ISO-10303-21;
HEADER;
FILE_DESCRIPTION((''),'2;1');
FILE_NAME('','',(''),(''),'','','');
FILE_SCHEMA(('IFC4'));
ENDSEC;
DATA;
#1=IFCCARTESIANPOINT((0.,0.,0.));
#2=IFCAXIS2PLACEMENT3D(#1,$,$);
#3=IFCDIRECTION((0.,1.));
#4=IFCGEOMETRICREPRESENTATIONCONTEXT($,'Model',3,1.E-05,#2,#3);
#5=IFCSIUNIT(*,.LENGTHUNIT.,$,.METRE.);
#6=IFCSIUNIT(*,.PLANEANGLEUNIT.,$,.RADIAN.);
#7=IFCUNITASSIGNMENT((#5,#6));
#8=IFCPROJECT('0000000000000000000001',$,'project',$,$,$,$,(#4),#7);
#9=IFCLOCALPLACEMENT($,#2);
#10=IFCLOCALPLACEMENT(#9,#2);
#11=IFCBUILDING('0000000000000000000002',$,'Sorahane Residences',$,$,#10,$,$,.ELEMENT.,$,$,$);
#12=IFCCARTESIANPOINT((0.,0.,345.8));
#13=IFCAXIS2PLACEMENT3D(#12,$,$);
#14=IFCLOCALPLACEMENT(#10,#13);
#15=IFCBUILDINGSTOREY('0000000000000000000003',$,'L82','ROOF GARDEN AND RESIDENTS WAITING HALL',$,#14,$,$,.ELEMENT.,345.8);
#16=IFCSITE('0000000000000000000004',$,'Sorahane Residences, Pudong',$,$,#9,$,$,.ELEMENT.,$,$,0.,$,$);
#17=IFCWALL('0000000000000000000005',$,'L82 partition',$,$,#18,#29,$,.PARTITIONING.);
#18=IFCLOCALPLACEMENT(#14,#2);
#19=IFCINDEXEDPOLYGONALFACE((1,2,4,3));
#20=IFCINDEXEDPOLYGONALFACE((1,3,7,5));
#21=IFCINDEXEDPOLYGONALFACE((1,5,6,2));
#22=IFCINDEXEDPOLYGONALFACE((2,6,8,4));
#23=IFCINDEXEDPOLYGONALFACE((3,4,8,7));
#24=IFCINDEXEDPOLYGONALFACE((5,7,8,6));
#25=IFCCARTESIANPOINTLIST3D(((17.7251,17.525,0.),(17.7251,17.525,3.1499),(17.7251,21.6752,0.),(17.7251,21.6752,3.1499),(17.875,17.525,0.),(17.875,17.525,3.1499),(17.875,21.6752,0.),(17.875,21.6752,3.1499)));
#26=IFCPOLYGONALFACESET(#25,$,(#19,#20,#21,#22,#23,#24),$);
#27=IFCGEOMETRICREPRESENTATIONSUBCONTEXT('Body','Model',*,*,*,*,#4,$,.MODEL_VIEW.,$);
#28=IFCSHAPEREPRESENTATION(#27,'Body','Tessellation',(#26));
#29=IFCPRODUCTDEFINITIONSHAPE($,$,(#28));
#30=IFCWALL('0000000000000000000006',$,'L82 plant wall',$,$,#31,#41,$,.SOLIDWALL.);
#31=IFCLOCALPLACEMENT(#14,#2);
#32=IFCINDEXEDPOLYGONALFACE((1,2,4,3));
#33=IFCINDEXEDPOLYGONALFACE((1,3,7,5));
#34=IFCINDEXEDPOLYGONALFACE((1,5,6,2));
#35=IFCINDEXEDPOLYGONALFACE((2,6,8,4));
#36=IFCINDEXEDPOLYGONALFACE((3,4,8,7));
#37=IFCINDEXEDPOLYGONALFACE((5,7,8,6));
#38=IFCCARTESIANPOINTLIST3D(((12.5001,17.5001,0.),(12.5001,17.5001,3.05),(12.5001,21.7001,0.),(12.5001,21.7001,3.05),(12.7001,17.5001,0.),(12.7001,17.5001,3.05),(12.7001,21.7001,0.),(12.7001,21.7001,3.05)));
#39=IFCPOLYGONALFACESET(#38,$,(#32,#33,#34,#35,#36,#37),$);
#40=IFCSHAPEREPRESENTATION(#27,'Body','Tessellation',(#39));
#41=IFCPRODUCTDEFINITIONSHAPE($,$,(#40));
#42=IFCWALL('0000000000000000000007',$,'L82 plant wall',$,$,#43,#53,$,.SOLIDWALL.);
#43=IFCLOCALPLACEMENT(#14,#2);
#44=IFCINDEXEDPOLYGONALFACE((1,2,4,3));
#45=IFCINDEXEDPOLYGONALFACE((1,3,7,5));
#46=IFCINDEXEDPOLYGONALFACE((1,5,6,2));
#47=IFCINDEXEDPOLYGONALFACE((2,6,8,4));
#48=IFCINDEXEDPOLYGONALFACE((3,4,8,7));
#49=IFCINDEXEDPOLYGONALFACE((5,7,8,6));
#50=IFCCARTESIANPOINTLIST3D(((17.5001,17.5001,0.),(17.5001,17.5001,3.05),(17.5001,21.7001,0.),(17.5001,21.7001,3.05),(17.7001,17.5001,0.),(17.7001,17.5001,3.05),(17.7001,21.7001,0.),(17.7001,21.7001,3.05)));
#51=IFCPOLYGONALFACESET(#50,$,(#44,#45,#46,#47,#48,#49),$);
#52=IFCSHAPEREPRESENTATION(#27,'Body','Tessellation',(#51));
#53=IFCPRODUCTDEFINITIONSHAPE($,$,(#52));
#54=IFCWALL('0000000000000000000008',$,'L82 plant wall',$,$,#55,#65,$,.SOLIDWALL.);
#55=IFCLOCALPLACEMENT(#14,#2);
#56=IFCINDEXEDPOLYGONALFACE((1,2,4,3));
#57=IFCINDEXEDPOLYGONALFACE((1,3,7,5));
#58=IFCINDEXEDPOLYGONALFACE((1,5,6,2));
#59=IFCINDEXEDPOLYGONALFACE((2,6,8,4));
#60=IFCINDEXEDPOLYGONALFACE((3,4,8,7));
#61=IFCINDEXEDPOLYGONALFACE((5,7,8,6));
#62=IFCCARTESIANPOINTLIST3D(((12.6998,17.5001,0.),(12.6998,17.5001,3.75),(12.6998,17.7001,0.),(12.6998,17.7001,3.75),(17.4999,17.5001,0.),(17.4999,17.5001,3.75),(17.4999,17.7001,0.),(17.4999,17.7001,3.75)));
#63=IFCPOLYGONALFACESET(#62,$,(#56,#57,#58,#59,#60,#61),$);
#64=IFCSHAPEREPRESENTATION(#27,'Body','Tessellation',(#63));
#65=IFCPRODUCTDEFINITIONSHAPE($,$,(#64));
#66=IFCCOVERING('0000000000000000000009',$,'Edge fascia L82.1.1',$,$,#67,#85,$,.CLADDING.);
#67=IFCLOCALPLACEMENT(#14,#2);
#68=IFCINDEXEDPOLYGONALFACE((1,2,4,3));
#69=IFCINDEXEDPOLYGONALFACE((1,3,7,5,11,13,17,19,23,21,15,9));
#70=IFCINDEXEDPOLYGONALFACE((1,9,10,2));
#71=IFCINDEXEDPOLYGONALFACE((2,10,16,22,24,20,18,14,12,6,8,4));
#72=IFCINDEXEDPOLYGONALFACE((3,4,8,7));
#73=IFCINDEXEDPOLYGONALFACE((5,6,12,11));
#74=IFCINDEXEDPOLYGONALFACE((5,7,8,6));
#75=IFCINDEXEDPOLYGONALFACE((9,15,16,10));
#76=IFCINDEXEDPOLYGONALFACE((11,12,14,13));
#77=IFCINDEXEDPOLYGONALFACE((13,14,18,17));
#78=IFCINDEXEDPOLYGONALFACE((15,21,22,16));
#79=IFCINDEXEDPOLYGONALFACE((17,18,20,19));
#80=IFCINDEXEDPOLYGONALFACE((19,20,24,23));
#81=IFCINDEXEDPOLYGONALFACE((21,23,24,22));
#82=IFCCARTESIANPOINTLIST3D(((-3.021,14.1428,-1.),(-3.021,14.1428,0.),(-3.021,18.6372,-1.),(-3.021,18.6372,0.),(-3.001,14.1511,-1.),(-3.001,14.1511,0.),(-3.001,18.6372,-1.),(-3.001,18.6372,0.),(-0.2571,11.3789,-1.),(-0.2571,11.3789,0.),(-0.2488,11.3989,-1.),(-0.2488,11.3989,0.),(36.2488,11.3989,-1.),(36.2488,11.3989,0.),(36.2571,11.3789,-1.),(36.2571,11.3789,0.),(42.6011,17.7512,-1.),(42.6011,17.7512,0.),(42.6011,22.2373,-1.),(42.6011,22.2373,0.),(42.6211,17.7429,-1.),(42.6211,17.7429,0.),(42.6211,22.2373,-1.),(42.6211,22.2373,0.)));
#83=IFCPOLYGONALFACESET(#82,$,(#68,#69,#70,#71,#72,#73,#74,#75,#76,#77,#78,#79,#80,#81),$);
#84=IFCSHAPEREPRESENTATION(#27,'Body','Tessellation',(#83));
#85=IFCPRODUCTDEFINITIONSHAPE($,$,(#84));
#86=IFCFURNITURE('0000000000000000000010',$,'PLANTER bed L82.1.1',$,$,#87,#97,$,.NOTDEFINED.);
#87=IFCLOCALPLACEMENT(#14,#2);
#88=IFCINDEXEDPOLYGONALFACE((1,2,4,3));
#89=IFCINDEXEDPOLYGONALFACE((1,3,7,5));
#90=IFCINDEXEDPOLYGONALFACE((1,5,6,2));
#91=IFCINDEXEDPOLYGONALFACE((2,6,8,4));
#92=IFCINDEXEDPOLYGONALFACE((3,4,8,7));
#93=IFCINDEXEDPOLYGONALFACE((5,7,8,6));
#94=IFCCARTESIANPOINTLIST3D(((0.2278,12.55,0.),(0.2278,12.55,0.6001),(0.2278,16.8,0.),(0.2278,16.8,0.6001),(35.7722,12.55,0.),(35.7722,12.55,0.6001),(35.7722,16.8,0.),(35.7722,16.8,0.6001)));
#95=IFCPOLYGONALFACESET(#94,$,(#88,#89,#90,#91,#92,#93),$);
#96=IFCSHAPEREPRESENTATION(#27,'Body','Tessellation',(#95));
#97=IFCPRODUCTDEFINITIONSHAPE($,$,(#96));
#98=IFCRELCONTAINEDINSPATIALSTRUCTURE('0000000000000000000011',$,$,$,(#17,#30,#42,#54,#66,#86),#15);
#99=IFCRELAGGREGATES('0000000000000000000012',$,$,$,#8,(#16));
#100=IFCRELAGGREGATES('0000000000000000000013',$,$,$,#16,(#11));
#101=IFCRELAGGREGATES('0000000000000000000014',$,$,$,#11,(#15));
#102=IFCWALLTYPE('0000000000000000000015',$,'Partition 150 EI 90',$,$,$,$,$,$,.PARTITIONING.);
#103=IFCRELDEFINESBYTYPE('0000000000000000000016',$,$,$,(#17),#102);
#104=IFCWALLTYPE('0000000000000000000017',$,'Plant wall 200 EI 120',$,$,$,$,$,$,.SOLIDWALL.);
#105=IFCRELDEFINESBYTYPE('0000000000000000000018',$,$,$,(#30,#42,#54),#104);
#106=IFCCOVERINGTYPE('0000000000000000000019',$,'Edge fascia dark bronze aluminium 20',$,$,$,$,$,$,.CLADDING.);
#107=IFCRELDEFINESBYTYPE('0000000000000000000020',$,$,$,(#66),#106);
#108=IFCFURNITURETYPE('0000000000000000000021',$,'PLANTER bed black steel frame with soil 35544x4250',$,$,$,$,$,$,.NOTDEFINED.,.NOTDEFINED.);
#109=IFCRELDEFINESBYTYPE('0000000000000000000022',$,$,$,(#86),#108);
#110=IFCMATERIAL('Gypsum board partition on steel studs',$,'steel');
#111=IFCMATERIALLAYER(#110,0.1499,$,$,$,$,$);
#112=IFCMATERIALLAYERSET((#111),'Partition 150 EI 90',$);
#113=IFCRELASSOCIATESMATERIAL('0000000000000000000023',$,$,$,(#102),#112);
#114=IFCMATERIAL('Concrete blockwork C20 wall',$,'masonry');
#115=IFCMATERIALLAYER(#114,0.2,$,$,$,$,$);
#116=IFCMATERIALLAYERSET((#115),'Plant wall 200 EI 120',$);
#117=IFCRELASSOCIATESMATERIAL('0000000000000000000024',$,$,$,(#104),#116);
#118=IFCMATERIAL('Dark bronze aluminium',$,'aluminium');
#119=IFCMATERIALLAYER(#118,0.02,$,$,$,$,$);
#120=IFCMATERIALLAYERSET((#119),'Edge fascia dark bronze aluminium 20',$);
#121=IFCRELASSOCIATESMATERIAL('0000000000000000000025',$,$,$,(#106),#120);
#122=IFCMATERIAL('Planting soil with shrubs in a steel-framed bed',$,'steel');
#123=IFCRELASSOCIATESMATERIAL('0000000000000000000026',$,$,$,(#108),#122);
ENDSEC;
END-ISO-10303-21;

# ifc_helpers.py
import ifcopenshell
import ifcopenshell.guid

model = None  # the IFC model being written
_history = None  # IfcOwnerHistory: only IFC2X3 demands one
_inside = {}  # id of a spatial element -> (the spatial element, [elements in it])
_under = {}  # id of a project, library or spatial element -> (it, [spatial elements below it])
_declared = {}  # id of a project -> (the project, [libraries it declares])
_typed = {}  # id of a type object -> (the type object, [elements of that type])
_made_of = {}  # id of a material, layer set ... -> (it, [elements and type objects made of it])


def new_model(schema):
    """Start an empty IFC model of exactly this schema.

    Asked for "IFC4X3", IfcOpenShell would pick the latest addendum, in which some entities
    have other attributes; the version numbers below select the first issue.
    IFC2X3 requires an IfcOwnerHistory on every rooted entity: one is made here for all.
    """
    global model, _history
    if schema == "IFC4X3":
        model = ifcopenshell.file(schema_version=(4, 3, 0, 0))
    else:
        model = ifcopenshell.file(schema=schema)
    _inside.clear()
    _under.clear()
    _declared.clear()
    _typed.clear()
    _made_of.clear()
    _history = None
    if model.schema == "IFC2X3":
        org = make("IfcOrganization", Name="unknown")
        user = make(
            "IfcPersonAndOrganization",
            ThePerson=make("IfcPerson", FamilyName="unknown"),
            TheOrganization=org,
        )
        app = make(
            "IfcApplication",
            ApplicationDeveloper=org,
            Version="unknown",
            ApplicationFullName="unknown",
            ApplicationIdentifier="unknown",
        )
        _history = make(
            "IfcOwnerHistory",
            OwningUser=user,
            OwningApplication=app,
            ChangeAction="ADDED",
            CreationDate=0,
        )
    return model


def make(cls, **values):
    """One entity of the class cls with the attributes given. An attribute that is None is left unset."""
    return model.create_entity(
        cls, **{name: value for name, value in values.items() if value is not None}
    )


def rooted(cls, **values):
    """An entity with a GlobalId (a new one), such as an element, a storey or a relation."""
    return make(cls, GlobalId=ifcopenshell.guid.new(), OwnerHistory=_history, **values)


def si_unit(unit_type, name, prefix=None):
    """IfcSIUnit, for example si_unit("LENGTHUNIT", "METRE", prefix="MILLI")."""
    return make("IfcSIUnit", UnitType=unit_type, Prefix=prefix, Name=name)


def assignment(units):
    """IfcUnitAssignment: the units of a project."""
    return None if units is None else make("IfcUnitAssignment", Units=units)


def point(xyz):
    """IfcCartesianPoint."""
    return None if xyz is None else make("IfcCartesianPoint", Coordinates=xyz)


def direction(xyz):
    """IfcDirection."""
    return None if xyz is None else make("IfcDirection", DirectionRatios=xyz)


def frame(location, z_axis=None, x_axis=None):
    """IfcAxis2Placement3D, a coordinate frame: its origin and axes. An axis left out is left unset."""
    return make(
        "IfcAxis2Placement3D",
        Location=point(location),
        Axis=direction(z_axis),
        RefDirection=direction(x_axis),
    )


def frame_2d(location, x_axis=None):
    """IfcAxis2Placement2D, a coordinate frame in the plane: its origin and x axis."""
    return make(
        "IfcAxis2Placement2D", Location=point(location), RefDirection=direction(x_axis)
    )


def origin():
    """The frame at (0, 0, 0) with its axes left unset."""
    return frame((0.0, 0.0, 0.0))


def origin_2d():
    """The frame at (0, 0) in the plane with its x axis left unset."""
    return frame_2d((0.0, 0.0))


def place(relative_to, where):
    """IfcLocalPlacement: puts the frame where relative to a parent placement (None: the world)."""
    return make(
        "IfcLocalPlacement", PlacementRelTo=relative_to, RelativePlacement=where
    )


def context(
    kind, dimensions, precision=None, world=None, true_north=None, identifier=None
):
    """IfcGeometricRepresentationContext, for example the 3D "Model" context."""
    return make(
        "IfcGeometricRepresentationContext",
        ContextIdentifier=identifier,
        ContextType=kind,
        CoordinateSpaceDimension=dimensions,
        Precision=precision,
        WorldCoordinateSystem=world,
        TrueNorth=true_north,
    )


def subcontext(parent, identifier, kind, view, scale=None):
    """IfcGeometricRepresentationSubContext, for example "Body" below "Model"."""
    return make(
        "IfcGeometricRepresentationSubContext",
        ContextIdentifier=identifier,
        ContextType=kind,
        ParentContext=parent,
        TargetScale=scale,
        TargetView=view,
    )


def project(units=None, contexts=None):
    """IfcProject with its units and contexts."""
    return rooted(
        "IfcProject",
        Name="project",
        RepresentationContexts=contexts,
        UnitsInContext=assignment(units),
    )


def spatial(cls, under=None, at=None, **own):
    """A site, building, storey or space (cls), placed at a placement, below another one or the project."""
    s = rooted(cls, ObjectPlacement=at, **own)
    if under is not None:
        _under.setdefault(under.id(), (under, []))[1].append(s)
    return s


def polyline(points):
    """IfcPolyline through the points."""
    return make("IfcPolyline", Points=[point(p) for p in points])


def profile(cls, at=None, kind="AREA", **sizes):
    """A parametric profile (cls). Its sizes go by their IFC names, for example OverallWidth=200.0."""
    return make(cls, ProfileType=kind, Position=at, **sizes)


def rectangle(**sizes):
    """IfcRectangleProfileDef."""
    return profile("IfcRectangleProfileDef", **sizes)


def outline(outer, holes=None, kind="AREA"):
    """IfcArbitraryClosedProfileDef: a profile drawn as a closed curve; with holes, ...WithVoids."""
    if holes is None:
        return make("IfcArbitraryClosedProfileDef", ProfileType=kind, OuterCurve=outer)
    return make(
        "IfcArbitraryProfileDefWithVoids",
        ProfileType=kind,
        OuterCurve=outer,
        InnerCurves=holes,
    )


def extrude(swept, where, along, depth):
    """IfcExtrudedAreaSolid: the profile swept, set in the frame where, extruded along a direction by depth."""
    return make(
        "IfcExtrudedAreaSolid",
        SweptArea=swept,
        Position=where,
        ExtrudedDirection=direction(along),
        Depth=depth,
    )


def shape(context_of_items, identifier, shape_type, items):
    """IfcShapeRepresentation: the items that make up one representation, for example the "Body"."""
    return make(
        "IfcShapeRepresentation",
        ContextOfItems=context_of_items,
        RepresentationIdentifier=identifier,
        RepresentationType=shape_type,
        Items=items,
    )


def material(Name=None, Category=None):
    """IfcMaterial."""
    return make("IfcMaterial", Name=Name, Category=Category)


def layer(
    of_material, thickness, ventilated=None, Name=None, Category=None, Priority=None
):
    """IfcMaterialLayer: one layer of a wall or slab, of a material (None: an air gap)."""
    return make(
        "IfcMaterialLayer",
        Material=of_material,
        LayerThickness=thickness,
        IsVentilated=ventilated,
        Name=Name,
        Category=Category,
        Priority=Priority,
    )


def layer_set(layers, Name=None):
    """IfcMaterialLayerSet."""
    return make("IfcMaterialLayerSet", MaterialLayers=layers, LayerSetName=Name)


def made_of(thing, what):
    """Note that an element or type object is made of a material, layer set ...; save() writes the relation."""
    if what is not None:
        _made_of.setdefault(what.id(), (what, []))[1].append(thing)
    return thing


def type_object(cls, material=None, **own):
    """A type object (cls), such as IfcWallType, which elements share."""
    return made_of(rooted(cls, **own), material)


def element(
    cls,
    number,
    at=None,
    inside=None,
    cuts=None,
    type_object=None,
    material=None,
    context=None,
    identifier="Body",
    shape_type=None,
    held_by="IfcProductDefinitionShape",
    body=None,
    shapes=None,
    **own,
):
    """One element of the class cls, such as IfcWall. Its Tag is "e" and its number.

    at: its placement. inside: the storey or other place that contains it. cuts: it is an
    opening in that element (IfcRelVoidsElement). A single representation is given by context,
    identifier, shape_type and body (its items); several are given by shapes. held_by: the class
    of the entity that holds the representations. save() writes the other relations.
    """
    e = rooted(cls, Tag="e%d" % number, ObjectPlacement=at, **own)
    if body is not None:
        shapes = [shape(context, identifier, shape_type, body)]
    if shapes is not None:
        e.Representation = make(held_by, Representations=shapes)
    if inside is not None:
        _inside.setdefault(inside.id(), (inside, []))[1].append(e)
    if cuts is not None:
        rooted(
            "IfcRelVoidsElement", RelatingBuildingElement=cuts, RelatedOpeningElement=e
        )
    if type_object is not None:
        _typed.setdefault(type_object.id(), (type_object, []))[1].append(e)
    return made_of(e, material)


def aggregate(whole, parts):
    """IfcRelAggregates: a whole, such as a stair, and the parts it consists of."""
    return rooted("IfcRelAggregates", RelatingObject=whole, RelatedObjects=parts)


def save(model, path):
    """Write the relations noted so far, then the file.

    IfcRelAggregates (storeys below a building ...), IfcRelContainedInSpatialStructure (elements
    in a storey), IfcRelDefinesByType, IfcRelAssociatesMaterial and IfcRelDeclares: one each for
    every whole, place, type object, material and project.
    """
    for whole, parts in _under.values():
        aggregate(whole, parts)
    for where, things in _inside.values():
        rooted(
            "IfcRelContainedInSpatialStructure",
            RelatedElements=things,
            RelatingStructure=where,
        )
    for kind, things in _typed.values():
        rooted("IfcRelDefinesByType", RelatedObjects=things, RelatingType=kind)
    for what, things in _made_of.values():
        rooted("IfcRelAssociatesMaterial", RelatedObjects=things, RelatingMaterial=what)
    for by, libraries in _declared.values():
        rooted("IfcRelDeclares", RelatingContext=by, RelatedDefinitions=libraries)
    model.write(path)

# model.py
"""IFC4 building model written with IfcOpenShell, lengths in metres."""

from ifc_helpers import new_model, si_unit, direction, frame, frame_2d, origin, origin_2d, place, context, subcontext, project, spatial, polyline, rectangle, outline, extrude, material, layer, layer_set, type_object, element, save


model = new_model("IFC4")

# Units and contexts
model_context = context("Model", 3, precision=1e-05, world=origin(), true_north=direction((0.0, 1.0)))
body_context = subcontext(model_context, "Body", "Model", "MODEL_VIEW")
ifc_project = project(units=[si_unit("LENGTHUNIT", "METRE"), si_unit("PLANEANGLEUNIT", "RADIAN")], contexts=[model_context])

# Site, building, storey
site_placement = place(None, origin())
site = spatial("IfcSite", under=ifc_project, at=site_placement, Name="Sorahane Residences, Pudong", CompositionType="ELEMENT", RefElevation=0.0)
building_placement = place(site_placement, origin())
building = spatial("IfcBuilding", under=site, at=building_placement, Name="Sorahane Residences", CompositionType="ELEMENT")
storey_placement = place(building_placement, frame((0.0, 0.0, 345.8)))
storey = spatial("IfcBuildingStorey", under=building, at=storey_placement, Name="L82", Description="ROOF GARDEN AND RESIDENTS WAITING HALL", CompositionType="ELEMENT", Elevation=345.8)

# Walls
ifc_material_1 = material(Name="Gypsum board partition on steel studs", Category="steel")
ifc_layer_1 = layer(ifc_material_1, 0.1499)
ifc_layer_set_1 = layer_set([ifc_layer_1], Name="Partition 150 EI 90")
wall_type_1 = type_object("IfcWallType", Name="Partition 150 EI 90", PredefinedType="PARTITIONING", material=ifc_layer_set_1)
wall_1_placement = place(storey_placement, frame((17.8, 17.5249, 0.0), z_axis=(0.0, 0.0, 1.0), x_axis=(0.0, 1.0, 0.0)))
element("IfcWall", 1, at=wall_1_placement, inside=storey, type_object=wall_type_1, Name="L82 partition", PredefinedType="PARTITIONING", context=body_context, shape_type="SweptSolid", body=[
    extrude(rectangle(XDim=4.1501, YDim=0.1499, at=frame_2d((2.0752, 0.0))), origin(), (0.0, 0.0, 1.0), 3.1499),
])
ifc_material_2 = material(Name="Concrete blockwork C20 wall", Category="masonry")
ifc_layer_2 = layer(ifc_material_2, 0.2)
ifc_layer_set_2 = layer_set([ifc_layer_2], Name="Plant wall 200 EI 120")
wall_type_2 = type_object("IfcWallType", Name="Plant wall 200 EI 120", PredefinedType="SOLIDWALL", material=ifc_layer_set_2)
for number, where, z_axis, x_axis, name in (
    (2, (12.6001, 17.5, 0.0), (0.0, 0.0, 1.0), (0.0, 1.0, 0.0), "L82 plant wall"),
    (3, (17.6001, 17.5, 0.0), (0.0, 0.0, 1.0), (0.0, 1.0, 0.0), "L82 plant wall"),
):
    element("IfcWall", number, at=place(storey_placement, frame(where, z_axis=z_axis, x_axis=x_axis)), inside=storey, type_object=wall_type_2, Name=name, PredefinedType="SOLIDWALL", context=body_context, shape_type="SweptSolid", body=[
        extrude(rectangle(XDim=4.2, YDim=0.2, at=frame_2d((2.1001, 0.0))), origin(), (0.0, 0.0, 1.0), 3.05),
    ])
wall_2_placement = place(storey_placement, frame((12.7, 17.6001, 0.0), z_axis=(0.0, 0.0, 1.0), x_axis=(1.0, 0.0, 0.0)))
element("IfcWall", 4, at=wall_2_placement, inside=storey, type_object=wall_type_2, Name="L82 plant wall", PredefinedType="SOLIDWALL", context=body_context, shape_type="SweptSolid", body=[
    extrude(rectangle(XDim=4.8, YDim=0.2, at=frame_2d((2.3999, 0.0))), origin(), (0.0, 0.0, 1.0), 3.75),
])

# Covering
ifc_material_3 = material(Name="Dark bronze aluminium", Category="aluminium")
ifc_layer_3 = layer(ifc_material_3, 0.02)
ifc_layer_set_3 = layer_set([ifc_layer_3], Name="Edge fascia dark bronze aluminium 20")
covering_type = type_object("IfcCoveringType", Name="Edge fascia dark bronze aluminium 20", PredefinedType="CLADDING", material=ifc_layer_set_3)
covering_placement = place(storey_placement, frame((0.0, 0.0, -1.0)))
element("IfcCovering", 5, at=covering_placement, inside=storey, type_object=covering_type, Name="Edge fascia L82.1.1", PredefinedType="CLADDING", context=body_context, shape_type="SweptSolid", body=[
    extrude(outline(polyline([(42.6211, 17.7429), (36.2571, 11.3789), (-0.2571, 11.3789), (-3.021, 14.1428), (-3.021, 18.6372), (-3.001, 18.6372), (-3.001, 14.1511), (-0.2488, 11.3989), (36.2488, 11.3989), (42.6011, 17.7512), (42.6011, 22.2373), (42.6211, 22.2373), (42.6211, 17.7429)])), origin(), (0.0, 0.0, 1.0), 1.0),
])

# Furniture
ifc_material_4 = material(Name="Planting soil with shrubs in a steel-framed bed", Category="steel")
furniture_type = type_object("IfcFurnitureType", Name="PLANTER bed black steel frame with soil 35544x4250", AssemblyPlace="NOTDEFINED", PredefinedType="NOTDEFINED", material=ifc_material_4)
furniture_placement = place(storey_placement, frame((18.0, 14.675, 0.0), z_axis=(0.0, 0.0, 1.0), x_axis=(1.0, 0.0, 0.0)))
element("IfcFurniture", 6, at=furniture_placement, inside=storey, type_object=furniture_type, Name="PLANTER bed L82.1.1", PredefinedType="NOTDEFINED", context=body_context, shape_type="SweptSolid", body=[
    extrude(rectangle(XDim=35.5444, YDim=4.25, at=origin_2d()), origin(), (0.0, 0.0, 1.0), 0.6001),
])

save(model, "model.ifc")
